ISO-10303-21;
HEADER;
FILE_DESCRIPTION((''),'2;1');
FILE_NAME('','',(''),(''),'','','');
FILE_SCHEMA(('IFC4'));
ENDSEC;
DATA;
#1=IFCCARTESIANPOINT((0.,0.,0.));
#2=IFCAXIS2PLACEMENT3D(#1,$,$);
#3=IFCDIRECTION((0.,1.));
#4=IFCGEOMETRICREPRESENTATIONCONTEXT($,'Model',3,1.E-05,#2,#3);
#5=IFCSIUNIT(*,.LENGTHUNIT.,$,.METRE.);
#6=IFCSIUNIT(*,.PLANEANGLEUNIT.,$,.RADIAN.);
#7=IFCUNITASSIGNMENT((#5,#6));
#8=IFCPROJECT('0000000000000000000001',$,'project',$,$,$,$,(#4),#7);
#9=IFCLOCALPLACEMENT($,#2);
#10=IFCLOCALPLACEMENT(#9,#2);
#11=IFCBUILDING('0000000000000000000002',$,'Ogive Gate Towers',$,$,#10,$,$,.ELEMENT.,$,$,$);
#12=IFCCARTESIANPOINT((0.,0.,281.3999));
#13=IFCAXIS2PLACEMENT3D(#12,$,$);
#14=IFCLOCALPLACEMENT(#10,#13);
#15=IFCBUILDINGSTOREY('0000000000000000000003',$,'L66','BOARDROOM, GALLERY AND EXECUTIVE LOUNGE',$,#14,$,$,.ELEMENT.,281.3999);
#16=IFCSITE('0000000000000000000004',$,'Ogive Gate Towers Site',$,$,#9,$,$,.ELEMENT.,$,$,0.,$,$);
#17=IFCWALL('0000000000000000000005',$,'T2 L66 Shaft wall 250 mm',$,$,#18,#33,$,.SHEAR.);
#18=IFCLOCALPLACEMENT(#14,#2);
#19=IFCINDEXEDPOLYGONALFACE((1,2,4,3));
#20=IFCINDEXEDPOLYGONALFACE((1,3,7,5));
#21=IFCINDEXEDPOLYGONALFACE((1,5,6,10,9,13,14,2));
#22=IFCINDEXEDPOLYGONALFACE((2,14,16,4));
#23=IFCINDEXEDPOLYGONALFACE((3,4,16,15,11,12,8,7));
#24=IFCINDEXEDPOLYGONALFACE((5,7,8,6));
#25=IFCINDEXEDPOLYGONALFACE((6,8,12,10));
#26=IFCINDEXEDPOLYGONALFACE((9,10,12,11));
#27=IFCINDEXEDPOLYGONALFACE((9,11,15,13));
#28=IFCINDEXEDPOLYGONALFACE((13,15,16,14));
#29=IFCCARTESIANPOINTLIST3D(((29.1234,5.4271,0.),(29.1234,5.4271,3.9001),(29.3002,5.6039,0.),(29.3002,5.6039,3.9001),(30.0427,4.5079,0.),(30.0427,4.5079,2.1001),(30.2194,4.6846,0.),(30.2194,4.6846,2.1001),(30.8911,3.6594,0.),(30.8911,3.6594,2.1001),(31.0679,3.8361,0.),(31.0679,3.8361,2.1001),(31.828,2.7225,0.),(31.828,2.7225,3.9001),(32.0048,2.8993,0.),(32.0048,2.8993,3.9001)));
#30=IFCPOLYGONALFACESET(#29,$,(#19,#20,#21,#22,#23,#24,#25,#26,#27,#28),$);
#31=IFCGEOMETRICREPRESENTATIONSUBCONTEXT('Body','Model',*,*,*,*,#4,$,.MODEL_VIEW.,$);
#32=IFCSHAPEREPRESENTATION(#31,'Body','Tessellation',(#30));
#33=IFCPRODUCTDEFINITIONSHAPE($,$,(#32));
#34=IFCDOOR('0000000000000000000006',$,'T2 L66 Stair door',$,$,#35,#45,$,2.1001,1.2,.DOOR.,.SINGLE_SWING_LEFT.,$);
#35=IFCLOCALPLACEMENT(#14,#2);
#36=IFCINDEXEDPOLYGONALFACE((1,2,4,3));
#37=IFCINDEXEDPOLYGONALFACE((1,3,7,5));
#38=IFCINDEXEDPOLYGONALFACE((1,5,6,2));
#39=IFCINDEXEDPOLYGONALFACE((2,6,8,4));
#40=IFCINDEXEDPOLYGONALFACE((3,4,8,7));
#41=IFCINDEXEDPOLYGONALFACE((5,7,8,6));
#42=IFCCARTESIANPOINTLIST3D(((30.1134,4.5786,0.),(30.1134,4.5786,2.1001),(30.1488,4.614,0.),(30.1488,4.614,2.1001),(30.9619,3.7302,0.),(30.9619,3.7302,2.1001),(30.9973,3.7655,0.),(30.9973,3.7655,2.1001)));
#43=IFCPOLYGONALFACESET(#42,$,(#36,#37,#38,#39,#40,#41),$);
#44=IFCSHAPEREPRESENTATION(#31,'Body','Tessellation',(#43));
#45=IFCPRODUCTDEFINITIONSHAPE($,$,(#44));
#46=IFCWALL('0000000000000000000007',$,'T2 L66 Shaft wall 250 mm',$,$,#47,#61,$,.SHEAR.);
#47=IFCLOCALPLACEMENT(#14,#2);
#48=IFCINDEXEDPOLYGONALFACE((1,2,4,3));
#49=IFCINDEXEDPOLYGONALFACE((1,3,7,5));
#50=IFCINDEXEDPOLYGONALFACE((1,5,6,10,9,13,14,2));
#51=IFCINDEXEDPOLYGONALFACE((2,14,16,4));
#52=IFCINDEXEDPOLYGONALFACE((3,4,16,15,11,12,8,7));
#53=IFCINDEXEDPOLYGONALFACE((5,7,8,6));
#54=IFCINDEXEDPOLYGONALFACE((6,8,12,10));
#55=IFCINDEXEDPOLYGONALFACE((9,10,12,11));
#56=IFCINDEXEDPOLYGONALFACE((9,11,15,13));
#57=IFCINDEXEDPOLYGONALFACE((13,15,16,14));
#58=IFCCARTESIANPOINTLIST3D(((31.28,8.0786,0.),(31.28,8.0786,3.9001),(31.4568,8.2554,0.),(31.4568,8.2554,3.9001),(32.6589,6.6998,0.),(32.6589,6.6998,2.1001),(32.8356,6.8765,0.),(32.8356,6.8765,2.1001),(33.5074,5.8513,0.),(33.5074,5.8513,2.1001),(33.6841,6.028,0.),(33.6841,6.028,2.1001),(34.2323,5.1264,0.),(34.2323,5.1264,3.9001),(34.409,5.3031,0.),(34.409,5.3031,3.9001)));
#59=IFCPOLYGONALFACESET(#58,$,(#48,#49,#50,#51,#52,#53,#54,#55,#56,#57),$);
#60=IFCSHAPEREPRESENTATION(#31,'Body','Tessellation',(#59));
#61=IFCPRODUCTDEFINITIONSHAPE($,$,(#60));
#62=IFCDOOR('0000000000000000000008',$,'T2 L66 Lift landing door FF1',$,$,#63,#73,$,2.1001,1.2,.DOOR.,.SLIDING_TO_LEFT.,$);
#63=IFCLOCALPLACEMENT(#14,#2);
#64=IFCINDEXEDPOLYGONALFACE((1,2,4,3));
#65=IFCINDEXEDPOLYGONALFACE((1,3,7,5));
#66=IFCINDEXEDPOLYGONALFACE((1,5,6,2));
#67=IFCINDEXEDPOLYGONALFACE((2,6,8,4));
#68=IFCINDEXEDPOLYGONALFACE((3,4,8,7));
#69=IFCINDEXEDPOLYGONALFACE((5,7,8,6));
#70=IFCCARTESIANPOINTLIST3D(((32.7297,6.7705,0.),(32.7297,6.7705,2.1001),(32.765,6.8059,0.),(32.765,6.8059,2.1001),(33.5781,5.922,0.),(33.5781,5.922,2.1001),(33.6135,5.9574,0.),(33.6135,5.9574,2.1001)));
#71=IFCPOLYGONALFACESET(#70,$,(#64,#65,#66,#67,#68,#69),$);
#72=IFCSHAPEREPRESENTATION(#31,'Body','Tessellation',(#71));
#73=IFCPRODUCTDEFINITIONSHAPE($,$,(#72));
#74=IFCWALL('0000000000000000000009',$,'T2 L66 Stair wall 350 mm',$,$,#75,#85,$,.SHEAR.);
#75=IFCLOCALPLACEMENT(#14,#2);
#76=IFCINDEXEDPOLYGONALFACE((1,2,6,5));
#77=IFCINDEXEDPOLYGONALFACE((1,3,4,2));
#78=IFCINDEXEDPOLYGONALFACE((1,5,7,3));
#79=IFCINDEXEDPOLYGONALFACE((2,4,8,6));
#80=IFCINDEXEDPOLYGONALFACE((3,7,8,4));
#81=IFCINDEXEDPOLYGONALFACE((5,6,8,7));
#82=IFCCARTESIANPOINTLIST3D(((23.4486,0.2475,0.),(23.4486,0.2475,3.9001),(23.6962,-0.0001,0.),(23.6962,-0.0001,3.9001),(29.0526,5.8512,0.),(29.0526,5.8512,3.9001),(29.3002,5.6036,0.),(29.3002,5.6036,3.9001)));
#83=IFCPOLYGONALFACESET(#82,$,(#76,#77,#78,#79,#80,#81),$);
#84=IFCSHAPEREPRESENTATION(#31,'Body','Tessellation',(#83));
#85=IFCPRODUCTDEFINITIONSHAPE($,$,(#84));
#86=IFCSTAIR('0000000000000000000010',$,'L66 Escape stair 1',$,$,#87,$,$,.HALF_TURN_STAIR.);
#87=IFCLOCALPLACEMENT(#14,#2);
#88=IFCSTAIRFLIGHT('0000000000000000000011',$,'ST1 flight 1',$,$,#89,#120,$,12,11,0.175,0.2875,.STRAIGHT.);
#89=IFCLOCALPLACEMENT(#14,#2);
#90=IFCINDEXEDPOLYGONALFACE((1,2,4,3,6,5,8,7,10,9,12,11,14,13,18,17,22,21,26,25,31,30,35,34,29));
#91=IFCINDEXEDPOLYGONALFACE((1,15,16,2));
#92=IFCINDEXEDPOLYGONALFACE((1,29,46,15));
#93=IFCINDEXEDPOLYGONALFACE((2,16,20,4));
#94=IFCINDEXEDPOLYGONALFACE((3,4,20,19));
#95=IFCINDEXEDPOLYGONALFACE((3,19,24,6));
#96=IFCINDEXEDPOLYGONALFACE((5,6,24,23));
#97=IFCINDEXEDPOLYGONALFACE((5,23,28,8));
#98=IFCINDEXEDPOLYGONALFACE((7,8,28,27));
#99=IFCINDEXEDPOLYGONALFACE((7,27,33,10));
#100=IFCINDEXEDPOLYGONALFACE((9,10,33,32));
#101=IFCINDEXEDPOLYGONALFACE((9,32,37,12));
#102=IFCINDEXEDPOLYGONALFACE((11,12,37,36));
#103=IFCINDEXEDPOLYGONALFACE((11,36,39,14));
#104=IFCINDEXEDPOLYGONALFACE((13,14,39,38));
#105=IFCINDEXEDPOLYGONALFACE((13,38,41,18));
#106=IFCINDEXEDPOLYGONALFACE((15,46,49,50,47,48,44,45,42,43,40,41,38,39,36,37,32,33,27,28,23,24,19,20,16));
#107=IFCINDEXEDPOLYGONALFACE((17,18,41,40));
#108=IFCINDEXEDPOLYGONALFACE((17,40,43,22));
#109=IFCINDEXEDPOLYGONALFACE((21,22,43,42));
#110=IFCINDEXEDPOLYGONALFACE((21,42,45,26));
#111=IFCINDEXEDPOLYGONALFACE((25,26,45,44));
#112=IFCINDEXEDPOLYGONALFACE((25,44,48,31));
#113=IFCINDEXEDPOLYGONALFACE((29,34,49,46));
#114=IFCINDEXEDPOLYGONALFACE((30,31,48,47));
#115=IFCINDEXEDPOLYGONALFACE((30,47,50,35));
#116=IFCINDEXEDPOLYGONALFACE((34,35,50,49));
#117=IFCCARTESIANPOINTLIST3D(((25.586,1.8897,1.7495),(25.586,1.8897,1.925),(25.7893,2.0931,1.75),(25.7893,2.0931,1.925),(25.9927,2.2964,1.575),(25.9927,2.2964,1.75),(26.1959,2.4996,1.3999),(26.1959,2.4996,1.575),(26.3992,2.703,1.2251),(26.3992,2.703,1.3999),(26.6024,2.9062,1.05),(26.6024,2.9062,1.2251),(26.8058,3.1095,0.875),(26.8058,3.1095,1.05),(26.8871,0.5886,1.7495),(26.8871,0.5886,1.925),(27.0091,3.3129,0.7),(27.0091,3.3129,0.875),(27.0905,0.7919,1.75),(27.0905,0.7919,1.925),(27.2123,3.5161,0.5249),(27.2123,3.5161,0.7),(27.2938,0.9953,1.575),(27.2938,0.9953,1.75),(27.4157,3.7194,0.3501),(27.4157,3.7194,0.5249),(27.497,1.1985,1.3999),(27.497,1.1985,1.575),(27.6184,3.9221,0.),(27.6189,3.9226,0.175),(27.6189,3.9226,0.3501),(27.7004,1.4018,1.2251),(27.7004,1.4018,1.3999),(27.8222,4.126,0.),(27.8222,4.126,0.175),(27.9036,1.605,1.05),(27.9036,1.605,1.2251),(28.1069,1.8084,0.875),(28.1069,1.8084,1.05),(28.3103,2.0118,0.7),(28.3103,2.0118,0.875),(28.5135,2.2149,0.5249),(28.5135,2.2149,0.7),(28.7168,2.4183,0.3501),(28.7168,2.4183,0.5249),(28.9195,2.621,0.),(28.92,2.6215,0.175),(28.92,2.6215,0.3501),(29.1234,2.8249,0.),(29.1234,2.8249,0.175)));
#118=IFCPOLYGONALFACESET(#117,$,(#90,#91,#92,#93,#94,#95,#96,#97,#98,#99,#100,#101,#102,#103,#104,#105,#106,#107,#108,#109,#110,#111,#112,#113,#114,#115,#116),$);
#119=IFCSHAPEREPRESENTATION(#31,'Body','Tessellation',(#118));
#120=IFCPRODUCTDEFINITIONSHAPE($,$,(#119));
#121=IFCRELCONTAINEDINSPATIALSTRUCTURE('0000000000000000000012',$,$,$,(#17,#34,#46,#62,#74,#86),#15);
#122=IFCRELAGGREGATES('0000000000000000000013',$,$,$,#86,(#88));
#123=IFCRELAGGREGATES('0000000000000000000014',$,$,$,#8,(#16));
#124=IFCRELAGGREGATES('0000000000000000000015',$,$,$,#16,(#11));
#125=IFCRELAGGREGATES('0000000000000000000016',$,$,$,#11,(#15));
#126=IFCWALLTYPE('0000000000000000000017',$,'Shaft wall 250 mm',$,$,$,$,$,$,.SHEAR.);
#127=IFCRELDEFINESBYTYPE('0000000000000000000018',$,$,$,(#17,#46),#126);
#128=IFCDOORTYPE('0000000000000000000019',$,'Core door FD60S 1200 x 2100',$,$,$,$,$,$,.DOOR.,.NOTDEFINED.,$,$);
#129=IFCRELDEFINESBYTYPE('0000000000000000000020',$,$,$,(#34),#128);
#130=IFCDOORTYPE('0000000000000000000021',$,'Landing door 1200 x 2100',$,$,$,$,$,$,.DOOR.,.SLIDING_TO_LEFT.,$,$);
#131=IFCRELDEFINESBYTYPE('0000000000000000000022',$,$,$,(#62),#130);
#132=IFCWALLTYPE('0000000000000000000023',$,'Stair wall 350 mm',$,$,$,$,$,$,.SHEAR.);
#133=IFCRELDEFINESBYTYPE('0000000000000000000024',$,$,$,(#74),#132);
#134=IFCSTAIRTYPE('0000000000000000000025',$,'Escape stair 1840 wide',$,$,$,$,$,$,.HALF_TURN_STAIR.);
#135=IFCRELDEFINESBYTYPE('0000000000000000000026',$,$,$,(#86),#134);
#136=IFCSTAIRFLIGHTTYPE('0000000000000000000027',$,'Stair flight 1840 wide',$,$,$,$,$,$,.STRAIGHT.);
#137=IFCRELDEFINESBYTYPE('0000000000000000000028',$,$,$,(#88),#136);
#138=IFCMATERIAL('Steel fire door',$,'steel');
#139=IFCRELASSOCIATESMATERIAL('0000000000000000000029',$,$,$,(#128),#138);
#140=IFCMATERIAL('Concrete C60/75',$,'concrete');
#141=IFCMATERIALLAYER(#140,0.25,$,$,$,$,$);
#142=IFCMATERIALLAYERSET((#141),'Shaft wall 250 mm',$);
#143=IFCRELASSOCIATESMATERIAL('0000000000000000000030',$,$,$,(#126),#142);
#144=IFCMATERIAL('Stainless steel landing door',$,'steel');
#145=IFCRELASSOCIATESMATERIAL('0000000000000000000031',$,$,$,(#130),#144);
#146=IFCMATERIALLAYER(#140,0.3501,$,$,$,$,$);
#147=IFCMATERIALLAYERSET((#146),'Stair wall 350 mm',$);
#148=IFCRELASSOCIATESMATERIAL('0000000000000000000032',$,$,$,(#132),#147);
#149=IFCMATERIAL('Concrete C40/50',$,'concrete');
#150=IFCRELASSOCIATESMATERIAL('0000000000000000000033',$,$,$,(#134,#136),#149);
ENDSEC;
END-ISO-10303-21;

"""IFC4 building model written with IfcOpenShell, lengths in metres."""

from ifc_helpers import new_model, si_unit, direction, frame, frame_2d, origin, place, context, subcontext, project, spatial, polyline, rectangle, outline, extrude, material, layer, layer_set, type_object, element, fill, aggregate, save


model = new_model("IFC4")

# Units and contexts
model_context = context("Model", 3, precision=1e-05, world=origin(), true_north=direction((0.0, 1.0)))
body_context = subcontext(model_context, "Body", "Model", "MODEL_VIEW")
ifc_project = project(units=[si_unit("LENGTHUNIT", "METRE"), si_unit("PLANEANGLEUNIT", "RADIAN")], contexts=[model_context])

# Site, building, storey
site_placement = place(None, origin())
site = spatial("IfcSite", under=ifc_project, at=site_placement, Name="Ogive Gate Towers Site", CompositionType="ELEMENT", RefElevation=0.0)
building_placement = place(site_placement, origin())
building = spatial("IfcBuilding", under=site, at=building_placement, Name="Ogive Gate Towers", CompositionType="ELEMENT")
storey_placement = place(building_placement, frame((0.0, 0.0, 281.3999)))
storey = spatial("IfcBuildingStorey", under=building, at=storey_placement, Name="L66", Description="BOARDROOM, GALLERY AND EXECUTIVE LOUNGE", CompositionType="ELEMENT", Elevation=281.3999)

# Shared definitions
ifc_material_1 = material(Name="Concrete C40/50", Category="concrete")

# Shared definitions
ifc_material_2 = material(Name="Concrete C60/75", Category="concrete")
ifc_material_3 = material(Name="Steel fire door", Category="steel")
door_type_1 = type_object("IfcDoorType", Name="Core door FD60S 1200 x 2100", OperationType="NOTDEFINED", PredefinedType="DOOR", material=ifc_material_3)

# Shared definitions
ifc_layer_1 = layer(ifc_material_2, 0.25)
ifc_layer_set_1 = layer_set([ifc_layer_1], Name="Shaft wall 250 mm")
wall_type_1 = type_object("IfcWallType", Name="Shaft wall 250 mm", PredefinedType="SHEAR", material=ifc_layer_set_1)

# Walls, openings, doors
wall_1_placement = place(storey_placement, frame((31.9165, 2.8108, 0.0), z_axis=(0.0, 0.0, 1.0), x_axis=(-0.707107, 0.707107, 0.0)))
wall_1 = element("IfcWall", 1, at=wall_1_placement, inside=storey, type_object=wall_type_1, Name="T2 L66 Shaft wall 250 mm", PredefinedType="SHEAR", context=body_context, shape_type="SweptSolid", body=[
    extrude(rectangle(XDim=3.825, YDim=0.25, at=frame_2d((1.9126, 0.0))), origin(), (0.0, 0.0, 1.0), 3.9001),
])
opening_1_placement = place(wall_1_placement, frame((1.325, 0.0, 0.0)))
opening_1 = element("IfcOpeningElement", 2, at=opening_1_placement, cuts=wall_1, PredefinedType="OPENING", context=body_context, shape_type="SweptSolid", body=[
    extrude(rectangle(XDim=1.2, YDim=2.1001, at=frame_2d((0.6001, 1.05))), frame((0.0, 0.135, 0.0), z_axis=(0.0, -1.0, 0.0), x_axis=(1.0, 0.0, 0.0)), (0.0, 0.0, 1.0), 0.27),
])
door_1_placement = place(opening_1_placement, origin())
door_1 = element("IfcDoor", 3, at=door_1_placement, inside=storey, type_object=door_type_1, Name="T2 L66 Stair door", OperationType="SINGLE_SWING_LEFT", OverallHeight=2.1001, OverallWidth=1.2, PredefinedType="DOOR", context=body_context, shape_type="SweptSolid", body=[
    extrude(rectangle(XDim=1.2, YDim=2.1001, at=frame_2d((0.6001, 1.05))), frame((0.0, 0.0249, 0.0), z_axis=(0.0, -1.0, 0.0), x_axis=(1.0, 0.0, 0.0)), (0.0, 0.0, 1.0), 0.05),
])
fill(opening_1, door_1)
wall_2_placement = place(storey_placement, frame((34.3206, 5.2148, 0.0), z_axis=(0.0, 0.0, 1.0), x_axis=(-0.707107, 0.707107, 0.0)))
wall_2 = element("IfcWall", 4, at=wall_2_placement, inside=storey, type_object=wall_type_1, Name="T2 L66 Shaft wall 250 mm", PredefinedType="SHEAR", context=body_context, shape_type="SweptSolid", body=[
    extrude(rectangle(XDim=4.175, YDim=0.25, at=frame_2d((2.0874, 0.0))), origin(), (0.0, 0.0, 1.0), 3.9001),
])
opening_2_placement = place(wall_2_placement, frame((1.0249, 0.0, 0.0)))
opening_2 = element("IfcOpeningElement", 5, at=opening_2_placement, cuts=wall_2, PredefinedType="OPENING", context=body_context, shape_type="SweptSolid", body=[
    extrude(rectangle(XDim=1.2, YDim=2.1001, at=frame_2d((0.6001, 1.05))), frame((0.0, 0.135, 0.0), z_axis=(0.0, -1.0, 0.0), x_axis=(1.0, 0.0, 0.0)), (0.0, 0.0, 1.0), 0.27),
])
ifc_material_4 = material(Name="Stainless steel landing door", Category="steel")
door_type_2 = type_object("IfcDoorType", Name="Landing door 1200 x 2100", OperationType="SLIDING_TO_LEFT", PredefinedType="DOOR", material=ifc_material_4)
door_2_placement = place(opening_2_placement, origin())
door_2 = element("IfcDoor", 6, at=door_2_placement, inside=storey, type_object=door_type_2, Name="T2 L66 Lift landing door FF1", OperationType="SLIDING_TO_LEFT", OverallHeight=2.1001, OverallWidth=1.2, PredefinedType="DOOR", context=body_context, shape_type="SweptSolid", body=[
    extrude(rectangle(XDim=1.2, YDim=2.1001, at=frame_2d((0.6001, 1.05))), frame((0.0, 0.0249, 0.0), z_axis=(0.0, -1.0, 0.0), x_axis=(1.0, 0.0, 0.0)), (0.0, 0.0, 1.0), 0.05),
])
fill(opening_2, door_2)

# Wall
ifc_layer_2 = layer(ifc_material_2, 0.3501)
ifc_layer_set_2 = layer_set([ifc_layer_2], Name="Stair wall 350 mm")
wall_type_2 = type_object("IfcWallType", Name="Stair wall 350 mm", PredefinedType="SHEAR", material=ifc_layer_set_2)
wall_3_placement = place(storey_placement, frame((23.5725, 0.1238, 0.0), z_axis=(0.0, 0.0, 1.0), x_axis=(0.707122, 0.707091, 0.0)))
element("IfcWall", 7, at=wall_3_placement, inside=storey, type_object=wall_type_2, Name="T2 L66 Stair wall 350 mm", PredefinedType="SHEAR", context=body_context, shape_type="SweptSolid", body=[
    extrude(rectangle(XDim=7.925, YDim=0.3501, at=frame_2d((3.9624, 0.0))), origin(), (0.0, 0.0, 1.0), 3.9001),
])

# Stair, stair flight
stair_type = type_object("IfcStairType", Name="Escape stair 1840 wide", PredefinedType="HALF_TURN_STAIR", material=ifc_material_1)
stair_placement = place(storey_placement, origin())
stair = element("IfcStair", 8, at=stair_placement, inside=storey, type_object=stair_type, Name="L66 Escape stair 1", PredefinedType="HALF_TURN_STAIR")
stair_flight_type = type_object("IfcStairFlightType", Name="Stair flight 1840 wide", PredefinedType="STRAIGHT", material=ifc_material_1)
stair_flight_placement = place(storey_placement, frame((28.4729, 3.4753, 0.0), z_axis=(0.0, 0.0, 1.0), x_axis=(-0.707107, -0.707107, 0.0)))
stair_flight = element("IfcStairFlight", 9, at=stair_flight_placement, type_object=stair_flight_type, Name="ST1 flight 1", NumberOfRisers=12, NumberOfTreads=11, PredefinedType="STRAIGHT", RiserHeight=0.175, TreadLength=0.2875, context=body_context, shape_type="SweptSolid", body=[
    extrude(outline(polyline([(0.0, 0.0), (0.0, 0.175), (0.2876, 0.175), (0.2876, 0.3501), (0.575, 0.3501), (0.575, 0.5249), (0.8625, 0.5249), (0.8625, 0.7), (1.1499, 0.7), (1.1499, 0.875), (1.4375, 0.875), (1.4375, 1.05), (1.7251, 1.05), (1.7251, 1.2251), (2.0125, 1.2251), (2.0125, 1.3999), (2.3, 1.3999), (2.3, 1.575), (2.5874, 1.575), (2.5874, 1.75), (2.875, 1.75), (2.875, 1.925), (3.1626, 1.925), (3.1626, 2.1001), (3.1626, 1.7495), (0.2883, 0.0), (0.0, 0.0)])), frame((0.0, 0.9199, 0.0), z_axis=(0.0, -1.0, 0.0), x_axis=(1.0, 0.0, 0.0)), (0.0, 0.0, 1.0), 1.8401),
])
aggregate(stair, [stair_flight])

save(model, "model.ifc")
